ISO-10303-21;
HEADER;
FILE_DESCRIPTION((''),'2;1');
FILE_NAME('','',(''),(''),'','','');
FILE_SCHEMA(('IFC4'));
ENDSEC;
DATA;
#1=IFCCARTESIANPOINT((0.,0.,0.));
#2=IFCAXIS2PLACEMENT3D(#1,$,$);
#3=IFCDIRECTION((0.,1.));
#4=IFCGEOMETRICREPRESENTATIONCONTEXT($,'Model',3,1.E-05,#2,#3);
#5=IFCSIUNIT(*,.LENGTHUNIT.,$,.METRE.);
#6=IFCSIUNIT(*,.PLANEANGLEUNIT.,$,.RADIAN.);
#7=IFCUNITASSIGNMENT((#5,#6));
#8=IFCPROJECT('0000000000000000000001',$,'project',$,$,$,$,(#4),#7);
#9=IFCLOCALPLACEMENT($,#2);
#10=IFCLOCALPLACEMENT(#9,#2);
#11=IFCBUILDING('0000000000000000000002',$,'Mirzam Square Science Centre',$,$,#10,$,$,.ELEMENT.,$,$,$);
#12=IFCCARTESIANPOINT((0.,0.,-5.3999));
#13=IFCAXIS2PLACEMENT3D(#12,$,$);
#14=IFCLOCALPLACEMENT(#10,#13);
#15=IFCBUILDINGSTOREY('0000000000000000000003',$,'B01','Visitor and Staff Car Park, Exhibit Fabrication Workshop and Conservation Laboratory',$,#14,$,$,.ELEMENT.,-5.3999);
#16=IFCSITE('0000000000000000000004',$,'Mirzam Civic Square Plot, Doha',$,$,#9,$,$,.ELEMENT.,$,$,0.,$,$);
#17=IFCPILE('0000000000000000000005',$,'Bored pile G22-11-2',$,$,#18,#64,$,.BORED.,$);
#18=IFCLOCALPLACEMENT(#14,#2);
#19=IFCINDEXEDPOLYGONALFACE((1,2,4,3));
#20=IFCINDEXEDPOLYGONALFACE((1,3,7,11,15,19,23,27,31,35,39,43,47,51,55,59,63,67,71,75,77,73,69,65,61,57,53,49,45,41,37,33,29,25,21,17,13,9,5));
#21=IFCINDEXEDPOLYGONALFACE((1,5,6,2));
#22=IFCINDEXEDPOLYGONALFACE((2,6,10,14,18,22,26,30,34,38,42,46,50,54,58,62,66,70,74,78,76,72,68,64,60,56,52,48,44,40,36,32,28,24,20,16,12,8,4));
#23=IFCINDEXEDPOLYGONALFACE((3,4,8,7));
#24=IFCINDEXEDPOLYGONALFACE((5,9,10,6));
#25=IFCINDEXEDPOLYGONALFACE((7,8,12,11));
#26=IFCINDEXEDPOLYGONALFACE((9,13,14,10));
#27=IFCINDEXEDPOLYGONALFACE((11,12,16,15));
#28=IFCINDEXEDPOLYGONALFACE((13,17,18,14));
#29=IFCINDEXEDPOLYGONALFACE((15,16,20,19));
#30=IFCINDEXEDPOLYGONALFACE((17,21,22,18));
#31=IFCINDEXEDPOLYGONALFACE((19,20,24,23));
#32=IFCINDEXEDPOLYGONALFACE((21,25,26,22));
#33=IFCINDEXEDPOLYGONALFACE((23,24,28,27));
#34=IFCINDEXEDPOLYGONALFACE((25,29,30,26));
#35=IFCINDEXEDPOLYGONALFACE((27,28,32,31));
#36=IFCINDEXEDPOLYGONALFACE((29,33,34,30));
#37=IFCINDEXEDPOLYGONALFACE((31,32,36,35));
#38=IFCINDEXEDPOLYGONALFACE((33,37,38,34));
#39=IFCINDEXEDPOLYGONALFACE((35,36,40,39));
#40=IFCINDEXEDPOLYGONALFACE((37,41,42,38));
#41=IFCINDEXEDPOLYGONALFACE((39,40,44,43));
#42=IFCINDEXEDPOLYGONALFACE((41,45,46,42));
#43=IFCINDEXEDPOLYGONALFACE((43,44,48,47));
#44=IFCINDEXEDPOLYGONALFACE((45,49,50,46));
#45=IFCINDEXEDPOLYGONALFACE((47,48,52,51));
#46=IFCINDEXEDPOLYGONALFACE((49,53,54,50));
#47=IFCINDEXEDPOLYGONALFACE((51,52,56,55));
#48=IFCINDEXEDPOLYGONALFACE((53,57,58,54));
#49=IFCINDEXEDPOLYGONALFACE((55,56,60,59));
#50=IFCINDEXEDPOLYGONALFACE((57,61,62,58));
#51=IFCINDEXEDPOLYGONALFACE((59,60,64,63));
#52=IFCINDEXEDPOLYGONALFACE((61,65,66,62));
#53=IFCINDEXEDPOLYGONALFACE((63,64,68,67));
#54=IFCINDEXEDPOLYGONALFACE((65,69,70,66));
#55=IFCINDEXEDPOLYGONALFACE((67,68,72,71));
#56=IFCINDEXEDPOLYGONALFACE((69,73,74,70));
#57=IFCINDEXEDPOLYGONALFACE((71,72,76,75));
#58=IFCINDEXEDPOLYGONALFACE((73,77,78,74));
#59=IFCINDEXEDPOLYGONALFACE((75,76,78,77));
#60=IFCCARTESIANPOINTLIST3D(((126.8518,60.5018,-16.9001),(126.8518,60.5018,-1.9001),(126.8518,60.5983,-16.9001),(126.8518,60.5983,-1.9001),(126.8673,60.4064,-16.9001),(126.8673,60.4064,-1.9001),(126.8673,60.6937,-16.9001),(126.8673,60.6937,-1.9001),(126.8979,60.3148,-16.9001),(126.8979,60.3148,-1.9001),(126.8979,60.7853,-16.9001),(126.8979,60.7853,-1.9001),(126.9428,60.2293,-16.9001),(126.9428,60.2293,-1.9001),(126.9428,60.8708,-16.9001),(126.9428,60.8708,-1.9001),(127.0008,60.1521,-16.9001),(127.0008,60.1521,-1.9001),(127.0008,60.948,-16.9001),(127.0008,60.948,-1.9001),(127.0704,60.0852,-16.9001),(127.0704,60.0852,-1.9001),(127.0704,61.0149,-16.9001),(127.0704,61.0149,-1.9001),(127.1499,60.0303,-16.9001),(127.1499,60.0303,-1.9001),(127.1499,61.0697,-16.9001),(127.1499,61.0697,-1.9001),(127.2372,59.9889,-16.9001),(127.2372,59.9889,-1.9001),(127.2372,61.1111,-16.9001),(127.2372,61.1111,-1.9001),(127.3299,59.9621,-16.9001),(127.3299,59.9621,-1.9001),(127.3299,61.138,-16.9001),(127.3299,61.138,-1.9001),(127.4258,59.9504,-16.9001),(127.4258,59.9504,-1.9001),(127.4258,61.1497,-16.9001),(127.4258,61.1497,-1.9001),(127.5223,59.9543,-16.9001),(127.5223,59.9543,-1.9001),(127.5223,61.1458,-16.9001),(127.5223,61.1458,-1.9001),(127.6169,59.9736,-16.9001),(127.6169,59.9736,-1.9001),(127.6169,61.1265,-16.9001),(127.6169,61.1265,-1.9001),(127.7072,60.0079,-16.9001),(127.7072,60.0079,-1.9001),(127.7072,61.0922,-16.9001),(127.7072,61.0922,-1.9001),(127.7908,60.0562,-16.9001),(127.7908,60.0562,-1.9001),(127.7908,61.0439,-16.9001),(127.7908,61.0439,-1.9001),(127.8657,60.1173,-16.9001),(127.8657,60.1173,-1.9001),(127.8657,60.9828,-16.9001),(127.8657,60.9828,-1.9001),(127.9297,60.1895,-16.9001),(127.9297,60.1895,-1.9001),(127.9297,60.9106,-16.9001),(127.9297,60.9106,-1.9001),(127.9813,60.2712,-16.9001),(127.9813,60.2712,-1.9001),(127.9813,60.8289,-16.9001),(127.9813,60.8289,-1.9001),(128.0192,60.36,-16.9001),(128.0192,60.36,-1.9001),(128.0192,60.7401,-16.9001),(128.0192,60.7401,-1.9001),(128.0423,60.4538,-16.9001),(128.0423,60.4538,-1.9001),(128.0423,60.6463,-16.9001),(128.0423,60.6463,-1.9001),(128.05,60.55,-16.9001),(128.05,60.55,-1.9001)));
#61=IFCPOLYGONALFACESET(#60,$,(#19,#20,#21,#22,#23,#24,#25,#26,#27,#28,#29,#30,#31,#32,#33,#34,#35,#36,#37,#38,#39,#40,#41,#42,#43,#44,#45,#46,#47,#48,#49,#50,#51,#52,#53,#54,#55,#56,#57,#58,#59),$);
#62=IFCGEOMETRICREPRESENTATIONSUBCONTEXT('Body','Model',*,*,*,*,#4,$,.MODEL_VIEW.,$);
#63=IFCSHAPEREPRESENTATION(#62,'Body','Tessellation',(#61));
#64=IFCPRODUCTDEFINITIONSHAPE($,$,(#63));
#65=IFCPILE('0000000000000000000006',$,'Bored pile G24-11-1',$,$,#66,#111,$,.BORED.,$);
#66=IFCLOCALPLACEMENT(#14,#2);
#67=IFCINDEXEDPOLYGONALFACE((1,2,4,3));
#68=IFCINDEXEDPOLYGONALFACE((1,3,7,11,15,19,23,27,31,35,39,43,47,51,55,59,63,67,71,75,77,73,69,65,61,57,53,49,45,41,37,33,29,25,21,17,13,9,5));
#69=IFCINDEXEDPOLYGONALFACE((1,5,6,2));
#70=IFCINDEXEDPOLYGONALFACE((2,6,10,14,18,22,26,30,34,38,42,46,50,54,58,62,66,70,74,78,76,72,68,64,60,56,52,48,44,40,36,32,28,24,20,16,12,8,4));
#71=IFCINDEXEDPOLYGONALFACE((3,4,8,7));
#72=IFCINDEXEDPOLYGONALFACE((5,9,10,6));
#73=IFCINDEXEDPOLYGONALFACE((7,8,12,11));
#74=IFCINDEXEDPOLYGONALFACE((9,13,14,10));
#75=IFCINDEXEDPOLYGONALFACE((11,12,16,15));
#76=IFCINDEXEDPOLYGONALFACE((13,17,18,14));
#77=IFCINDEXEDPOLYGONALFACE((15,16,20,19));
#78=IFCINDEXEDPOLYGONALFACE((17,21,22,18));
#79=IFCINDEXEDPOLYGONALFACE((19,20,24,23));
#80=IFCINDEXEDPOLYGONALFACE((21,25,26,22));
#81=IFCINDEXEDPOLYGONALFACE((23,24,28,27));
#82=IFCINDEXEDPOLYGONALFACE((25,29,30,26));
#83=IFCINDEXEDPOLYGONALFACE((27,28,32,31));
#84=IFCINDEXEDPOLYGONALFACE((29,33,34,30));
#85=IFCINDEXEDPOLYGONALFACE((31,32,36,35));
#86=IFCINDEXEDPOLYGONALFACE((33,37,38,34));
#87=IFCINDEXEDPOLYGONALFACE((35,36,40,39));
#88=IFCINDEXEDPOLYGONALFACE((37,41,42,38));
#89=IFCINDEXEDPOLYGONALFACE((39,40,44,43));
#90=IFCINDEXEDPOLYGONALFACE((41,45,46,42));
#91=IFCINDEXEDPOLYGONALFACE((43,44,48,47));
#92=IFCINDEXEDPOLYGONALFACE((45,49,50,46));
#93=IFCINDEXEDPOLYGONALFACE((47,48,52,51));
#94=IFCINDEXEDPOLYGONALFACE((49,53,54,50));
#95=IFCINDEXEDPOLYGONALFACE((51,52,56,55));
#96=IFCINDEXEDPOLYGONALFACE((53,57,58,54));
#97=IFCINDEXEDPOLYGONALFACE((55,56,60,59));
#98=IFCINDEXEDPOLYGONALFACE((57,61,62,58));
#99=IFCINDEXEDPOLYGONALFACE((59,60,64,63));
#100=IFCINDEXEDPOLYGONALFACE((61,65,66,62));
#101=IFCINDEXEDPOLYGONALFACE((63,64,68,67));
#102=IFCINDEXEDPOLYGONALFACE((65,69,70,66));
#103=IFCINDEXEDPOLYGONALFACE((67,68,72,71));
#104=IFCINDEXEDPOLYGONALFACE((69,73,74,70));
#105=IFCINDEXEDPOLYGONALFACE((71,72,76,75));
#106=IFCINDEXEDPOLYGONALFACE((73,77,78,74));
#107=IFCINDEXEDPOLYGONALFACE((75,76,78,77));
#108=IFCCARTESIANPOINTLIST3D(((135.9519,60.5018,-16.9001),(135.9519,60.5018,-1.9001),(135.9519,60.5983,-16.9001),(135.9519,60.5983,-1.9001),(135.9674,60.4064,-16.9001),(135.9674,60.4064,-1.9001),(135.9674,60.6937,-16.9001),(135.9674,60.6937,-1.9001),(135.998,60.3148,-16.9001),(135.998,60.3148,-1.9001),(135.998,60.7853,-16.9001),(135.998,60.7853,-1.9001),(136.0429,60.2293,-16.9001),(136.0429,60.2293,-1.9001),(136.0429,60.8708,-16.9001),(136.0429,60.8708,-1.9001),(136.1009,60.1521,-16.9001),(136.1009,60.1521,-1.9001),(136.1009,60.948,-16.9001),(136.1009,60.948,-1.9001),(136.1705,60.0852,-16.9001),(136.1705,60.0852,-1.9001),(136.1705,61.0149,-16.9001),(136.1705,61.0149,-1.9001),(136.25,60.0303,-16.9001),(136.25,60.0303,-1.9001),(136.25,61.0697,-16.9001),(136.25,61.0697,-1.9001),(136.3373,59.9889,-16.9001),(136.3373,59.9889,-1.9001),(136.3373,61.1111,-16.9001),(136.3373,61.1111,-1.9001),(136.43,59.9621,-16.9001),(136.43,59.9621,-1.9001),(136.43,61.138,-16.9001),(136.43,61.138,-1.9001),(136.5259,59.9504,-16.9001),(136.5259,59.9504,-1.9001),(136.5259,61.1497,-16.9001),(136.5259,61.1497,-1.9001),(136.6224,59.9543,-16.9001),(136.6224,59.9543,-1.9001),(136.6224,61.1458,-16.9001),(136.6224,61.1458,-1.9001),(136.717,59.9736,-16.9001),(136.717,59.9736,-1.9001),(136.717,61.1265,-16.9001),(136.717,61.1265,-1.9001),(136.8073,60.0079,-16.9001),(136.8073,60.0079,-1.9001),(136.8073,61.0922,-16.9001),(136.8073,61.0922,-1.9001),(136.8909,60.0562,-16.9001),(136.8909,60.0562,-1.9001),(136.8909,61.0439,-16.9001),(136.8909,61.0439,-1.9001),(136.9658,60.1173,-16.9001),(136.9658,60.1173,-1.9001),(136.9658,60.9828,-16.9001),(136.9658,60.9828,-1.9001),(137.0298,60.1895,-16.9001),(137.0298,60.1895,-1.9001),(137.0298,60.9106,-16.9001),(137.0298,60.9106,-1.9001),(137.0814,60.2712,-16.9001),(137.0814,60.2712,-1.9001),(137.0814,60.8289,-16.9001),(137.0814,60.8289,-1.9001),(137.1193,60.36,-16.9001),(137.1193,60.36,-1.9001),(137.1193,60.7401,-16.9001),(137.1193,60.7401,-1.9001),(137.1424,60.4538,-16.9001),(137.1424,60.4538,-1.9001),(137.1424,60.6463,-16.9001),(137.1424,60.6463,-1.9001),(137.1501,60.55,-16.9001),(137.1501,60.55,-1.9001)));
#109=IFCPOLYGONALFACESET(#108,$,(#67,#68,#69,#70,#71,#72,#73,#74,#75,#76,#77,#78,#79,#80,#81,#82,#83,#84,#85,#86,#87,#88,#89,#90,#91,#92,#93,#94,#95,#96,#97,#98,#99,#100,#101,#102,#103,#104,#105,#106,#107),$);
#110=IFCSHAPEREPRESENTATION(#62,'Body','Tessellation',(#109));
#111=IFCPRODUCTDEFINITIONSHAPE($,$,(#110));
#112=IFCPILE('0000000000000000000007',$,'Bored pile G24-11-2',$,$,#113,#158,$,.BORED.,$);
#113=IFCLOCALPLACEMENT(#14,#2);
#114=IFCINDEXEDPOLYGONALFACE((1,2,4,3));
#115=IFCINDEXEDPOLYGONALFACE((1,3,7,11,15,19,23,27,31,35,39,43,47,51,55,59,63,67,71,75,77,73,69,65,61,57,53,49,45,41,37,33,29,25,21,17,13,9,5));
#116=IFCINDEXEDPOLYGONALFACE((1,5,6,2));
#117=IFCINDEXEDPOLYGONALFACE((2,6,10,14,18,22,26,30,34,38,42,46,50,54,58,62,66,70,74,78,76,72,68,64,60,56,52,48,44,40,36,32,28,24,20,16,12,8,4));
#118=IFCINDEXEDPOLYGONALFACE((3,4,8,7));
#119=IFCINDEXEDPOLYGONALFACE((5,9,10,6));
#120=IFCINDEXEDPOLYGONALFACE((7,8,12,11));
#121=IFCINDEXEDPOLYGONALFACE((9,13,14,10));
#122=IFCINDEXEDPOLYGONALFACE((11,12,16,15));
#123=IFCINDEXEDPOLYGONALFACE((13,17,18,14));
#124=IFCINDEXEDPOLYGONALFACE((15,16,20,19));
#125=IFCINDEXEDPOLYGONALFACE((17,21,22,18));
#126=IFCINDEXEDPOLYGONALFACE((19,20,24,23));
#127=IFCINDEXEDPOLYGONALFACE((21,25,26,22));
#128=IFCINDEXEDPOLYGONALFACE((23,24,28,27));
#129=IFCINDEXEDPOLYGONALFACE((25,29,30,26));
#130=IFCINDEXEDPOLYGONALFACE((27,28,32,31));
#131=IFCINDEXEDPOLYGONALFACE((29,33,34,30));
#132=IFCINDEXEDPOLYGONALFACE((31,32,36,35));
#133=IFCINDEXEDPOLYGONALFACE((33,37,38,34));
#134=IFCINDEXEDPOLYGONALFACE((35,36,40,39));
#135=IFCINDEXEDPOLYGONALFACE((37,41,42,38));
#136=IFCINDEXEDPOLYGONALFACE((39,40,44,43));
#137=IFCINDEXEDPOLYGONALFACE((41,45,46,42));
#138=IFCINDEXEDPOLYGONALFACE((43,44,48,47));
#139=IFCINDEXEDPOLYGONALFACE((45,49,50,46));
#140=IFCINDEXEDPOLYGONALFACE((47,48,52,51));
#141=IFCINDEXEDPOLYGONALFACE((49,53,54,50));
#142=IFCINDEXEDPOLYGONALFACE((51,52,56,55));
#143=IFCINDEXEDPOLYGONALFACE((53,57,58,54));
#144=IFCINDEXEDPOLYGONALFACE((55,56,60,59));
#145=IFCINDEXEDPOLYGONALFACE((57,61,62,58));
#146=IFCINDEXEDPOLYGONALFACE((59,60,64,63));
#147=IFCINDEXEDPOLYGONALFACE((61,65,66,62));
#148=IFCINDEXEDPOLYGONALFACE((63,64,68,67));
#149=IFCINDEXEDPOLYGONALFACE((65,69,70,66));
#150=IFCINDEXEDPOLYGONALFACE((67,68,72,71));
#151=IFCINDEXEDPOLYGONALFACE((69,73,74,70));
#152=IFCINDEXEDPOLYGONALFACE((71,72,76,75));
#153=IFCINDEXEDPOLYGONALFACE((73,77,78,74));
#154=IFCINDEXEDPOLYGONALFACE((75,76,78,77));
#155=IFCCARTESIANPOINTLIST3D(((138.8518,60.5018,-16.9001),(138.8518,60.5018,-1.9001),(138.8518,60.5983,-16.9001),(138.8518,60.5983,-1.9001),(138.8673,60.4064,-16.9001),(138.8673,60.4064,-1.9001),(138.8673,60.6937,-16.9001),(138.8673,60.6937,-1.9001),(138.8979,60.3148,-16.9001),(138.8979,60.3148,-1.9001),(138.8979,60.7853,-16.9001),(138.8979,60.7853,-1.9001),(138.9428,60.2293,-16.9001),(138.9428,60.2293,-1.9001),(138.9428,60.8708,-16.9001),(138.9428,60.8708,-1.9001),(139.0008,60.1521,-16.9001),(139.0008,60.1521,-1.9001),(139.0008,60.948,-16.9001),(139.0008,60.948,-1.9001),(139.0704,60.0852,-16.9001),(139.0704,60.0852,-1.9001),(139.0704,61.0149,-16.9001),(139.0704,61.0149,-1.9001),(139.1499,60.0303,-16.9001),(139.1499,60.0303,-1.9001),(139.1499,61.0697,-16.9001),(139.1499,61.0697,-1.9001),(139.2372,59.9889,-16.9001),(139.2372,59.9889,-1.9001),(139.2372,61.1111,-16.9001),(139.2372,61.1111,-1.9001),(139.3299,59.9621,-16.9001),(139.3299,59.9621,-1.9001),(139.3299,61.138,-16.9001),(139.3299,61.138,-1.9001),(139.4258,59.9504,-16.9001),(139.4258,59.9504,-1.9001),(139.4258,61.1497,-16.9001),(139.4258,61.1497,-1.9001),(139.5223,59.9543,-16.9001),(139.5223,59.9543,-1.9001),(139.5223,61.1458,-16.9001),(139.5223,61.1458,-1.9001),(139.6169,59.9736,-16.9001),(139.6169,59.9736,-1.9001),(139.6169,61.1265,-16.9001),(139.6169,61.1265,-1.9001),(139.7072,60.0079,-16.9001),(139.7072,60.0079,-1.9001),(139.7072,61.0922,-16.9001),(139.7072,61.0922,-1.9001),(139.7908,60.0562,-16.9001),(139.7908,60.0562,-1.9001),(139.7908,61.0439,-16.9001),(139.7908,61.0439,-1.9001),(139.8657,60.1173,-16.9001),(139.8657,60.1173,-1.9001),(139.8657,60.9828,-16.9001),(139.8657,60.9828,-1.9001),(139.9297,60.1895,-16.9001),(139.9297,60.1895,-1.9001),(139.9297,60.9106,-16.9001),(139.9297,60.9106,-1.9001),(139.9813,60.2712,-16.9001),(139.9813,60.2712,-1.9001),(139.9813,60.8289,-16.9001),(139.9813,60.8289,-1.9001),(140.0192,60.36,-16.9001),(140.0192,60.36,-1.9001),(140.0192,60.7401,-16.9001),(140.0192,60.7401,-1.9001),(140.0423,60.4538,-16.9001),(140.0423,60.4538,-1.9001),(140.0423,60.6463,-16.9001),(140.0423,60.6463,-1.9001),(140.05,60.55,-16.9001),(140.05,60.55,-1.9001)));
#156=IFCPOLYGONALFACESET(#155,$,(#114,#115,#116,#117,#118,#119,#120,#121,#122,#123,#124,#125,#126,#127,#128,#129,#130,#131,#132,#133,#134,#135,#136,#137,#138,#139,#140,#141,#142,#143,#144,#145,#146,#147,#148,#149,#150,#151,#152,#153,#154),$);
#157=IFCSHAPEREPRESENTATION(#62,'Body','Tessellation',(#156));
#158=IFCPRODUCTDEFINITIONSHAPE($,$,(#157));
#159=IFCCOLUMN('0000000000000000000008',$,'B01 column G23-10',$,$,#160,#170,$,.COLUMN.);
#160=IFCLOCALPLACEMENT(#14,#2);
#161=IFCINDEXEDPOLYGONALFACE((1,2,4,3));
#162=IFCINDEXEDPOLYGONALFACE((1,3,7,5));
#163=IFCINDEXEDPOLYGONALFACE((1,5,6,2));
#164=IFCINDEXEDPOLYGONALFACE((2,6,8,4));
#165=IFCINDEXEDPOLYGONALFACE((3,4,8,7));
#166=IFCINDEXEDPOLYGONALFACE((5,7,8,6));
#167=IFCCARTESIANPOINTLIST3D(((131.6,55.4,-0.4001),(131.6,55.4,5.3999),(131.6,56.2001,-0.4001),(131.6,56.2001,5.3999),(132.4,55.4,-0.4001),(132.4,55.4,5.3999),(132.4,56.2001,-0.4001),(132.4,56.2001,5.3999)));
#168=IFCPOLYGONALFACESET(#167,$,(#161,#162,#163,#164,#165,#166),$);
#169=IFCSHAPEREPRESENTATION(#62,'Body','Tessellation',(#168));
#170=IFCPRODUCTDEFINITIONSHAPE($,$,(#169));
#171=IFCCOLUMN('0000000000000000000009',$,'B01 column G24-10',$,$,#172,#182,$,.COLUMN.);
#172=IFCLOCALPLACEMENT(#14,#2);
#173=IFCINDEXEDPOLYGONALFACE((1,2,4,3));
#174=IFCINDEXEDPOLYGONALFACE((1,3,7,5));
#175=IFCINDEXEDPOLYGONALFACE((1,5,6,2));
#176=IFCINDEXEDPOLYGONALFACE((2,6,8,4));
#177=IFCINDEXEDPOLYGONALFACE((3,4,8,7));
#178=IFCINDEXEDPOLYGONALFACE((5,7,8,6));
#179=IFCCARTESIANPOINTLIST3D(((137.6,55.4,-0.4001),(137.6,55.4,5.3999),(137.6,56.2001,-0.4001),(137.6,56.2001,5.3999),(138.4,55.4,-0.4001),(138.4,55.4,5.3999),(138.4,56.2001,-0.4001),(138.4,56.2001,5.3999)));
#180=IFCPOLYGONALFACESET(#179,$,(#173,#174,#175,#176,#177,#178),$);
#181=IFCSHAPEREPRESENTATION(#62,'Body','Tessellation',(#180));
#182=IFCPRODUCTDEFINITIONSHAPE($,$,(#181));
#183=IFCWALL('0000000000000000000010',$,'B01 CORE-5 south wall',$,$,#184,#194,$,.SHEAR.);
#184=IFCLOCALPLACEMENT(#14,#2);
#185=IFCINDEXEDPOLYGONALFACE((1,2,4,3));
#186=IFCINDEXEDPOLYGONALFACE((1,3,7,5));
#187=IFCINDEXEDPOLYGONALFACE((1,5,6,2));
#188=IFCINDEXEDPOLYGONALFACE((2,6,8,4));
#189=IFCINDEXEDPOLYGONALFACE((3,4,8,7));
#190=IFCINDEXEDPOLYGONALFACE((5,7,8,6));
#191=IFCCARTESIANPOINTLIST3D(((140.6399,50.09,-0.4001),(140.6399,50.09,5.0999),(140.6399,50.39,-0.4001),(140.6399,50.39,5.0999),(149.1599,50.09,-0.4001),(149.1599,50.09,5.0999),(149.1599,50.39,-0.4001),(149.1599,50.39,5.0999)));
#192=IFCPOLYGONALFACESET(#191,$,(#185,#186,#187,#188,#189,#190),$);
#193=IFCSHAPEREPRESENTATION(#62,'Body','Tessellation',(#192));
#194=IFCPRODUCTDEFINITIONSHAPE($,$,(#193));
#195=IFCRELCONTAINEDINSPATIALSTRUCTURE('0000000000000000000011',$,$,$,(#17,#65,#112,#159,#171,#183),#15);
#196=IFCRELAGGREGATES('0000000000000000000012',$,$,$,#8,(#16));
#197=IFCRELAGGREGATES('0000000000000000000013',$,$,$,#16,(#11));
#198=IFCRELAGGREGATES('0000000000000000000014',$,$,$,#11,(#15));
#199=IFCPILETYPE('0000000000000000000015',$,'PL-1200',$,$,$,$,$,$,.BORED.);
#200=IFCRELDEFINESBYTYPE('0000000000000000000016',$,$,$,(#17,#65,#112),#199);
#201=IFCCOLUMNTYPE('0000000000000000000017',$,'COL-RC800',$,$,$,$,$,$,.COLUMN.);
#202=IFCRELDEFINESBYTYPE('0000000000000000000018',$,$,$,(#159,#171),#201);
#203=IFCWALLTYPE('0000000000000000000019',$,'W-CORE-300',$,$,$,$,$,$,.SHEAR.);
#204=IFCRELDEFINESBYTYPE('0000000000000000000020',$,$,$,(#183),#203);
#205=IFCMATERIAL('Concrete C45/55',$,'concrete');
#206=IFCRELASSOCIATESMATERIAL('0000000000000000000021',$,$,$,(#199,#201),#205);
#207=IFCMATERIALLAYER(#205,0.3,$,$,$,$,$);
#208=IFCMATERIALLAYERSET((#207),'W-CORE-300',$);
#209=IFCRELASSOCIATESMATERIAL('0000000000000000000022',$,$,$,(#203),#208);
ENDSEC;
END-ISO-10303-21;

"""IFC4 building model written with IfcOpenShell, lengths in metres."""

from ifc_helpers import new_model, si_unit, direction, frame, frame_2d, origin, origin_2d, place, context, subcontext, project, spatial, rectangle, circle, extrude, material, layer, layer_set, material_profile, profile_set, type_object, element, save


model = new_model("IFC4")

# Units and contexts
model_context = context("Model", 3, precision=1e-05, world=origin(), true_north=direction((0.0, 1.0)))
body_context = subcontext(model_context, "Body", "Model", "MODEL_VIEW")
ifc_project = project(units=[si_unit("LENGTHUNIT", "METRE"), si_unit("PLANEANGLEUNIT", "RADIAN")], contexts=[model_context])

# Site, building, storey
site_placement = place(None, origin())
site = spatial("IfcSite", under=ifc_project, at=site_placement, Name="Mirzam Civic Square Plot, Doha", CompositionType="ELEMENT", RefElevation=0.0)
building_placement = place(site_placement, origin())
building = spatial("IfcBuilding", under=site, at=building_placement, Name="Mirzam Square Science Centre", CompositionType="ELEMENT")
storey_placement = place(building_placement, frame((0.0, 0.0, -5.3999)))
storey = spatial("IfcBuildingStorey", under=building, at=storey_placement, Name="B01", Description="Visitor and Staff Car Park, Exhibit Fabrication Workshop and Conservation Laboratory", CompositionType="ELEMENT", Elevation=-5.3999)

# Shared definitions
ifc_material_1 = material(Name="Concrete C45/55", Category="concrete")

# Piles
ifc_material_profile_1 = material_profile(ifc_material_1, circle(Radius=0.6001, at=origin_2d()), Name="PILE-D1200")
ifc_profile_set_1 = profile_set([ifc_material_profile_1], Name="Concrete C45/55")
pile_type_1 = type_object("IfcPileType", Name="PL-1200", PredefinedType="BORED", material=ifc_profile_set_1)
for number, where, z_axis, x_axis, name in (
    (1, (127.45, 60.55, -1.9001), (0.0, 0.0, -1.0), (1.0, 0.0, 0.0), "Bored pile G22-11-2"),
    (2, (136.55, 60.55, -1.9001), (0.0, 0.0, -1.0), (1.0, 0.0, 0.0), "Bored pile G24-11-1"),
    (3, (139.45, 60.55, -1.9001), (0.0, 0.0, -1.0), (1.0, 0.0, 0.0), "Bored pile G24-11-2"),
):
    element("IfcPile", number, at=place(storey_placement, frame(where, z_axis=z_axis, x_axis=x_axis)), inside=storey, type_object=pile_type_1, Name=name, PredefinedType="BORED", context=body_context, shape_type="SweptSolid", body=[
        extrude(circle(Radius=0.6001, at=origin_2d()), origin(), (0.0, 0.0, 1.0), 15.0),
    ])

# Columns
ifc_material_profile_2 = material_profile(ifc_material_1, rectangle(XDim=0.8, YDim=0.8, at=origin_2d()), Name="RC800x800")
ifc_profile_set_2 = profile_set([ifc_material_profile_2], Name="Concrete C45/55")
column_type = type_object("IfcColumnType", Name="COL-RC800", PredefinedType="COLUMN", material=ifc_profile_set_2)
for number, where, z_axis, x_axis, name in (
    (4, (132.0, 55.8, -0.4001), (0.0, 0.0, 1.0), (1.0, 0.0, 0.0), "B01 column G23-10"),
    (5, (138.0, 55.8, -0.4001), (0.0, 0.0, 1.0), (1.0, 0.0, 0.0), "B01 column G24-10"),
):
    element("IfcColumn", number, at=place(storey_placement, frame(where, z_axis=z_axis, x_axis=x_axis)), inside=storey, type_object=column_type, Name=name, PredefinedType="COLUMN", context=body_context, shape_type="SweptSolid", body=[
        extrude(rectangle(XDim=0.8, YDim=0.8, at=origin_2d()), origin(), (0.0, 0.0, 1.0), 5.8),
    ])

# Wall
ifc_layer_1 = layer(ifc_material_1, 0.3)
ifc_layer_set_1 = layer_set([ifc_layer_1], Name="W-CORE-300")
wall_type_1 = type_object("IfcWallType", Name="W-CORE-300", PredefinedType="SHEAR", material=ifc_layer_set_1)
wall_1_placement = place(storey_placement, frame((140.6399, 50.24, -0.4001), z_axis=(0.0, 0.0, 1.0), x_axis=(1.0, 0.0, 0.0)))
element("IfcWall", 6, at=wall_1_placement, inside=storey, type_object=wall_type_1, Name="B01 CORE-5 south wall", PredefinedType="SHEAR", context=body_context, shape_type="SweptSolid", body=[
    extrude(rectangle(XDim=8.52, YDim=0.3, at=frame_2d((4.26, 0.0))), origin(), (0.0, 0.0, 1.0), 5.5),
])

save(model, "model.ifc")
